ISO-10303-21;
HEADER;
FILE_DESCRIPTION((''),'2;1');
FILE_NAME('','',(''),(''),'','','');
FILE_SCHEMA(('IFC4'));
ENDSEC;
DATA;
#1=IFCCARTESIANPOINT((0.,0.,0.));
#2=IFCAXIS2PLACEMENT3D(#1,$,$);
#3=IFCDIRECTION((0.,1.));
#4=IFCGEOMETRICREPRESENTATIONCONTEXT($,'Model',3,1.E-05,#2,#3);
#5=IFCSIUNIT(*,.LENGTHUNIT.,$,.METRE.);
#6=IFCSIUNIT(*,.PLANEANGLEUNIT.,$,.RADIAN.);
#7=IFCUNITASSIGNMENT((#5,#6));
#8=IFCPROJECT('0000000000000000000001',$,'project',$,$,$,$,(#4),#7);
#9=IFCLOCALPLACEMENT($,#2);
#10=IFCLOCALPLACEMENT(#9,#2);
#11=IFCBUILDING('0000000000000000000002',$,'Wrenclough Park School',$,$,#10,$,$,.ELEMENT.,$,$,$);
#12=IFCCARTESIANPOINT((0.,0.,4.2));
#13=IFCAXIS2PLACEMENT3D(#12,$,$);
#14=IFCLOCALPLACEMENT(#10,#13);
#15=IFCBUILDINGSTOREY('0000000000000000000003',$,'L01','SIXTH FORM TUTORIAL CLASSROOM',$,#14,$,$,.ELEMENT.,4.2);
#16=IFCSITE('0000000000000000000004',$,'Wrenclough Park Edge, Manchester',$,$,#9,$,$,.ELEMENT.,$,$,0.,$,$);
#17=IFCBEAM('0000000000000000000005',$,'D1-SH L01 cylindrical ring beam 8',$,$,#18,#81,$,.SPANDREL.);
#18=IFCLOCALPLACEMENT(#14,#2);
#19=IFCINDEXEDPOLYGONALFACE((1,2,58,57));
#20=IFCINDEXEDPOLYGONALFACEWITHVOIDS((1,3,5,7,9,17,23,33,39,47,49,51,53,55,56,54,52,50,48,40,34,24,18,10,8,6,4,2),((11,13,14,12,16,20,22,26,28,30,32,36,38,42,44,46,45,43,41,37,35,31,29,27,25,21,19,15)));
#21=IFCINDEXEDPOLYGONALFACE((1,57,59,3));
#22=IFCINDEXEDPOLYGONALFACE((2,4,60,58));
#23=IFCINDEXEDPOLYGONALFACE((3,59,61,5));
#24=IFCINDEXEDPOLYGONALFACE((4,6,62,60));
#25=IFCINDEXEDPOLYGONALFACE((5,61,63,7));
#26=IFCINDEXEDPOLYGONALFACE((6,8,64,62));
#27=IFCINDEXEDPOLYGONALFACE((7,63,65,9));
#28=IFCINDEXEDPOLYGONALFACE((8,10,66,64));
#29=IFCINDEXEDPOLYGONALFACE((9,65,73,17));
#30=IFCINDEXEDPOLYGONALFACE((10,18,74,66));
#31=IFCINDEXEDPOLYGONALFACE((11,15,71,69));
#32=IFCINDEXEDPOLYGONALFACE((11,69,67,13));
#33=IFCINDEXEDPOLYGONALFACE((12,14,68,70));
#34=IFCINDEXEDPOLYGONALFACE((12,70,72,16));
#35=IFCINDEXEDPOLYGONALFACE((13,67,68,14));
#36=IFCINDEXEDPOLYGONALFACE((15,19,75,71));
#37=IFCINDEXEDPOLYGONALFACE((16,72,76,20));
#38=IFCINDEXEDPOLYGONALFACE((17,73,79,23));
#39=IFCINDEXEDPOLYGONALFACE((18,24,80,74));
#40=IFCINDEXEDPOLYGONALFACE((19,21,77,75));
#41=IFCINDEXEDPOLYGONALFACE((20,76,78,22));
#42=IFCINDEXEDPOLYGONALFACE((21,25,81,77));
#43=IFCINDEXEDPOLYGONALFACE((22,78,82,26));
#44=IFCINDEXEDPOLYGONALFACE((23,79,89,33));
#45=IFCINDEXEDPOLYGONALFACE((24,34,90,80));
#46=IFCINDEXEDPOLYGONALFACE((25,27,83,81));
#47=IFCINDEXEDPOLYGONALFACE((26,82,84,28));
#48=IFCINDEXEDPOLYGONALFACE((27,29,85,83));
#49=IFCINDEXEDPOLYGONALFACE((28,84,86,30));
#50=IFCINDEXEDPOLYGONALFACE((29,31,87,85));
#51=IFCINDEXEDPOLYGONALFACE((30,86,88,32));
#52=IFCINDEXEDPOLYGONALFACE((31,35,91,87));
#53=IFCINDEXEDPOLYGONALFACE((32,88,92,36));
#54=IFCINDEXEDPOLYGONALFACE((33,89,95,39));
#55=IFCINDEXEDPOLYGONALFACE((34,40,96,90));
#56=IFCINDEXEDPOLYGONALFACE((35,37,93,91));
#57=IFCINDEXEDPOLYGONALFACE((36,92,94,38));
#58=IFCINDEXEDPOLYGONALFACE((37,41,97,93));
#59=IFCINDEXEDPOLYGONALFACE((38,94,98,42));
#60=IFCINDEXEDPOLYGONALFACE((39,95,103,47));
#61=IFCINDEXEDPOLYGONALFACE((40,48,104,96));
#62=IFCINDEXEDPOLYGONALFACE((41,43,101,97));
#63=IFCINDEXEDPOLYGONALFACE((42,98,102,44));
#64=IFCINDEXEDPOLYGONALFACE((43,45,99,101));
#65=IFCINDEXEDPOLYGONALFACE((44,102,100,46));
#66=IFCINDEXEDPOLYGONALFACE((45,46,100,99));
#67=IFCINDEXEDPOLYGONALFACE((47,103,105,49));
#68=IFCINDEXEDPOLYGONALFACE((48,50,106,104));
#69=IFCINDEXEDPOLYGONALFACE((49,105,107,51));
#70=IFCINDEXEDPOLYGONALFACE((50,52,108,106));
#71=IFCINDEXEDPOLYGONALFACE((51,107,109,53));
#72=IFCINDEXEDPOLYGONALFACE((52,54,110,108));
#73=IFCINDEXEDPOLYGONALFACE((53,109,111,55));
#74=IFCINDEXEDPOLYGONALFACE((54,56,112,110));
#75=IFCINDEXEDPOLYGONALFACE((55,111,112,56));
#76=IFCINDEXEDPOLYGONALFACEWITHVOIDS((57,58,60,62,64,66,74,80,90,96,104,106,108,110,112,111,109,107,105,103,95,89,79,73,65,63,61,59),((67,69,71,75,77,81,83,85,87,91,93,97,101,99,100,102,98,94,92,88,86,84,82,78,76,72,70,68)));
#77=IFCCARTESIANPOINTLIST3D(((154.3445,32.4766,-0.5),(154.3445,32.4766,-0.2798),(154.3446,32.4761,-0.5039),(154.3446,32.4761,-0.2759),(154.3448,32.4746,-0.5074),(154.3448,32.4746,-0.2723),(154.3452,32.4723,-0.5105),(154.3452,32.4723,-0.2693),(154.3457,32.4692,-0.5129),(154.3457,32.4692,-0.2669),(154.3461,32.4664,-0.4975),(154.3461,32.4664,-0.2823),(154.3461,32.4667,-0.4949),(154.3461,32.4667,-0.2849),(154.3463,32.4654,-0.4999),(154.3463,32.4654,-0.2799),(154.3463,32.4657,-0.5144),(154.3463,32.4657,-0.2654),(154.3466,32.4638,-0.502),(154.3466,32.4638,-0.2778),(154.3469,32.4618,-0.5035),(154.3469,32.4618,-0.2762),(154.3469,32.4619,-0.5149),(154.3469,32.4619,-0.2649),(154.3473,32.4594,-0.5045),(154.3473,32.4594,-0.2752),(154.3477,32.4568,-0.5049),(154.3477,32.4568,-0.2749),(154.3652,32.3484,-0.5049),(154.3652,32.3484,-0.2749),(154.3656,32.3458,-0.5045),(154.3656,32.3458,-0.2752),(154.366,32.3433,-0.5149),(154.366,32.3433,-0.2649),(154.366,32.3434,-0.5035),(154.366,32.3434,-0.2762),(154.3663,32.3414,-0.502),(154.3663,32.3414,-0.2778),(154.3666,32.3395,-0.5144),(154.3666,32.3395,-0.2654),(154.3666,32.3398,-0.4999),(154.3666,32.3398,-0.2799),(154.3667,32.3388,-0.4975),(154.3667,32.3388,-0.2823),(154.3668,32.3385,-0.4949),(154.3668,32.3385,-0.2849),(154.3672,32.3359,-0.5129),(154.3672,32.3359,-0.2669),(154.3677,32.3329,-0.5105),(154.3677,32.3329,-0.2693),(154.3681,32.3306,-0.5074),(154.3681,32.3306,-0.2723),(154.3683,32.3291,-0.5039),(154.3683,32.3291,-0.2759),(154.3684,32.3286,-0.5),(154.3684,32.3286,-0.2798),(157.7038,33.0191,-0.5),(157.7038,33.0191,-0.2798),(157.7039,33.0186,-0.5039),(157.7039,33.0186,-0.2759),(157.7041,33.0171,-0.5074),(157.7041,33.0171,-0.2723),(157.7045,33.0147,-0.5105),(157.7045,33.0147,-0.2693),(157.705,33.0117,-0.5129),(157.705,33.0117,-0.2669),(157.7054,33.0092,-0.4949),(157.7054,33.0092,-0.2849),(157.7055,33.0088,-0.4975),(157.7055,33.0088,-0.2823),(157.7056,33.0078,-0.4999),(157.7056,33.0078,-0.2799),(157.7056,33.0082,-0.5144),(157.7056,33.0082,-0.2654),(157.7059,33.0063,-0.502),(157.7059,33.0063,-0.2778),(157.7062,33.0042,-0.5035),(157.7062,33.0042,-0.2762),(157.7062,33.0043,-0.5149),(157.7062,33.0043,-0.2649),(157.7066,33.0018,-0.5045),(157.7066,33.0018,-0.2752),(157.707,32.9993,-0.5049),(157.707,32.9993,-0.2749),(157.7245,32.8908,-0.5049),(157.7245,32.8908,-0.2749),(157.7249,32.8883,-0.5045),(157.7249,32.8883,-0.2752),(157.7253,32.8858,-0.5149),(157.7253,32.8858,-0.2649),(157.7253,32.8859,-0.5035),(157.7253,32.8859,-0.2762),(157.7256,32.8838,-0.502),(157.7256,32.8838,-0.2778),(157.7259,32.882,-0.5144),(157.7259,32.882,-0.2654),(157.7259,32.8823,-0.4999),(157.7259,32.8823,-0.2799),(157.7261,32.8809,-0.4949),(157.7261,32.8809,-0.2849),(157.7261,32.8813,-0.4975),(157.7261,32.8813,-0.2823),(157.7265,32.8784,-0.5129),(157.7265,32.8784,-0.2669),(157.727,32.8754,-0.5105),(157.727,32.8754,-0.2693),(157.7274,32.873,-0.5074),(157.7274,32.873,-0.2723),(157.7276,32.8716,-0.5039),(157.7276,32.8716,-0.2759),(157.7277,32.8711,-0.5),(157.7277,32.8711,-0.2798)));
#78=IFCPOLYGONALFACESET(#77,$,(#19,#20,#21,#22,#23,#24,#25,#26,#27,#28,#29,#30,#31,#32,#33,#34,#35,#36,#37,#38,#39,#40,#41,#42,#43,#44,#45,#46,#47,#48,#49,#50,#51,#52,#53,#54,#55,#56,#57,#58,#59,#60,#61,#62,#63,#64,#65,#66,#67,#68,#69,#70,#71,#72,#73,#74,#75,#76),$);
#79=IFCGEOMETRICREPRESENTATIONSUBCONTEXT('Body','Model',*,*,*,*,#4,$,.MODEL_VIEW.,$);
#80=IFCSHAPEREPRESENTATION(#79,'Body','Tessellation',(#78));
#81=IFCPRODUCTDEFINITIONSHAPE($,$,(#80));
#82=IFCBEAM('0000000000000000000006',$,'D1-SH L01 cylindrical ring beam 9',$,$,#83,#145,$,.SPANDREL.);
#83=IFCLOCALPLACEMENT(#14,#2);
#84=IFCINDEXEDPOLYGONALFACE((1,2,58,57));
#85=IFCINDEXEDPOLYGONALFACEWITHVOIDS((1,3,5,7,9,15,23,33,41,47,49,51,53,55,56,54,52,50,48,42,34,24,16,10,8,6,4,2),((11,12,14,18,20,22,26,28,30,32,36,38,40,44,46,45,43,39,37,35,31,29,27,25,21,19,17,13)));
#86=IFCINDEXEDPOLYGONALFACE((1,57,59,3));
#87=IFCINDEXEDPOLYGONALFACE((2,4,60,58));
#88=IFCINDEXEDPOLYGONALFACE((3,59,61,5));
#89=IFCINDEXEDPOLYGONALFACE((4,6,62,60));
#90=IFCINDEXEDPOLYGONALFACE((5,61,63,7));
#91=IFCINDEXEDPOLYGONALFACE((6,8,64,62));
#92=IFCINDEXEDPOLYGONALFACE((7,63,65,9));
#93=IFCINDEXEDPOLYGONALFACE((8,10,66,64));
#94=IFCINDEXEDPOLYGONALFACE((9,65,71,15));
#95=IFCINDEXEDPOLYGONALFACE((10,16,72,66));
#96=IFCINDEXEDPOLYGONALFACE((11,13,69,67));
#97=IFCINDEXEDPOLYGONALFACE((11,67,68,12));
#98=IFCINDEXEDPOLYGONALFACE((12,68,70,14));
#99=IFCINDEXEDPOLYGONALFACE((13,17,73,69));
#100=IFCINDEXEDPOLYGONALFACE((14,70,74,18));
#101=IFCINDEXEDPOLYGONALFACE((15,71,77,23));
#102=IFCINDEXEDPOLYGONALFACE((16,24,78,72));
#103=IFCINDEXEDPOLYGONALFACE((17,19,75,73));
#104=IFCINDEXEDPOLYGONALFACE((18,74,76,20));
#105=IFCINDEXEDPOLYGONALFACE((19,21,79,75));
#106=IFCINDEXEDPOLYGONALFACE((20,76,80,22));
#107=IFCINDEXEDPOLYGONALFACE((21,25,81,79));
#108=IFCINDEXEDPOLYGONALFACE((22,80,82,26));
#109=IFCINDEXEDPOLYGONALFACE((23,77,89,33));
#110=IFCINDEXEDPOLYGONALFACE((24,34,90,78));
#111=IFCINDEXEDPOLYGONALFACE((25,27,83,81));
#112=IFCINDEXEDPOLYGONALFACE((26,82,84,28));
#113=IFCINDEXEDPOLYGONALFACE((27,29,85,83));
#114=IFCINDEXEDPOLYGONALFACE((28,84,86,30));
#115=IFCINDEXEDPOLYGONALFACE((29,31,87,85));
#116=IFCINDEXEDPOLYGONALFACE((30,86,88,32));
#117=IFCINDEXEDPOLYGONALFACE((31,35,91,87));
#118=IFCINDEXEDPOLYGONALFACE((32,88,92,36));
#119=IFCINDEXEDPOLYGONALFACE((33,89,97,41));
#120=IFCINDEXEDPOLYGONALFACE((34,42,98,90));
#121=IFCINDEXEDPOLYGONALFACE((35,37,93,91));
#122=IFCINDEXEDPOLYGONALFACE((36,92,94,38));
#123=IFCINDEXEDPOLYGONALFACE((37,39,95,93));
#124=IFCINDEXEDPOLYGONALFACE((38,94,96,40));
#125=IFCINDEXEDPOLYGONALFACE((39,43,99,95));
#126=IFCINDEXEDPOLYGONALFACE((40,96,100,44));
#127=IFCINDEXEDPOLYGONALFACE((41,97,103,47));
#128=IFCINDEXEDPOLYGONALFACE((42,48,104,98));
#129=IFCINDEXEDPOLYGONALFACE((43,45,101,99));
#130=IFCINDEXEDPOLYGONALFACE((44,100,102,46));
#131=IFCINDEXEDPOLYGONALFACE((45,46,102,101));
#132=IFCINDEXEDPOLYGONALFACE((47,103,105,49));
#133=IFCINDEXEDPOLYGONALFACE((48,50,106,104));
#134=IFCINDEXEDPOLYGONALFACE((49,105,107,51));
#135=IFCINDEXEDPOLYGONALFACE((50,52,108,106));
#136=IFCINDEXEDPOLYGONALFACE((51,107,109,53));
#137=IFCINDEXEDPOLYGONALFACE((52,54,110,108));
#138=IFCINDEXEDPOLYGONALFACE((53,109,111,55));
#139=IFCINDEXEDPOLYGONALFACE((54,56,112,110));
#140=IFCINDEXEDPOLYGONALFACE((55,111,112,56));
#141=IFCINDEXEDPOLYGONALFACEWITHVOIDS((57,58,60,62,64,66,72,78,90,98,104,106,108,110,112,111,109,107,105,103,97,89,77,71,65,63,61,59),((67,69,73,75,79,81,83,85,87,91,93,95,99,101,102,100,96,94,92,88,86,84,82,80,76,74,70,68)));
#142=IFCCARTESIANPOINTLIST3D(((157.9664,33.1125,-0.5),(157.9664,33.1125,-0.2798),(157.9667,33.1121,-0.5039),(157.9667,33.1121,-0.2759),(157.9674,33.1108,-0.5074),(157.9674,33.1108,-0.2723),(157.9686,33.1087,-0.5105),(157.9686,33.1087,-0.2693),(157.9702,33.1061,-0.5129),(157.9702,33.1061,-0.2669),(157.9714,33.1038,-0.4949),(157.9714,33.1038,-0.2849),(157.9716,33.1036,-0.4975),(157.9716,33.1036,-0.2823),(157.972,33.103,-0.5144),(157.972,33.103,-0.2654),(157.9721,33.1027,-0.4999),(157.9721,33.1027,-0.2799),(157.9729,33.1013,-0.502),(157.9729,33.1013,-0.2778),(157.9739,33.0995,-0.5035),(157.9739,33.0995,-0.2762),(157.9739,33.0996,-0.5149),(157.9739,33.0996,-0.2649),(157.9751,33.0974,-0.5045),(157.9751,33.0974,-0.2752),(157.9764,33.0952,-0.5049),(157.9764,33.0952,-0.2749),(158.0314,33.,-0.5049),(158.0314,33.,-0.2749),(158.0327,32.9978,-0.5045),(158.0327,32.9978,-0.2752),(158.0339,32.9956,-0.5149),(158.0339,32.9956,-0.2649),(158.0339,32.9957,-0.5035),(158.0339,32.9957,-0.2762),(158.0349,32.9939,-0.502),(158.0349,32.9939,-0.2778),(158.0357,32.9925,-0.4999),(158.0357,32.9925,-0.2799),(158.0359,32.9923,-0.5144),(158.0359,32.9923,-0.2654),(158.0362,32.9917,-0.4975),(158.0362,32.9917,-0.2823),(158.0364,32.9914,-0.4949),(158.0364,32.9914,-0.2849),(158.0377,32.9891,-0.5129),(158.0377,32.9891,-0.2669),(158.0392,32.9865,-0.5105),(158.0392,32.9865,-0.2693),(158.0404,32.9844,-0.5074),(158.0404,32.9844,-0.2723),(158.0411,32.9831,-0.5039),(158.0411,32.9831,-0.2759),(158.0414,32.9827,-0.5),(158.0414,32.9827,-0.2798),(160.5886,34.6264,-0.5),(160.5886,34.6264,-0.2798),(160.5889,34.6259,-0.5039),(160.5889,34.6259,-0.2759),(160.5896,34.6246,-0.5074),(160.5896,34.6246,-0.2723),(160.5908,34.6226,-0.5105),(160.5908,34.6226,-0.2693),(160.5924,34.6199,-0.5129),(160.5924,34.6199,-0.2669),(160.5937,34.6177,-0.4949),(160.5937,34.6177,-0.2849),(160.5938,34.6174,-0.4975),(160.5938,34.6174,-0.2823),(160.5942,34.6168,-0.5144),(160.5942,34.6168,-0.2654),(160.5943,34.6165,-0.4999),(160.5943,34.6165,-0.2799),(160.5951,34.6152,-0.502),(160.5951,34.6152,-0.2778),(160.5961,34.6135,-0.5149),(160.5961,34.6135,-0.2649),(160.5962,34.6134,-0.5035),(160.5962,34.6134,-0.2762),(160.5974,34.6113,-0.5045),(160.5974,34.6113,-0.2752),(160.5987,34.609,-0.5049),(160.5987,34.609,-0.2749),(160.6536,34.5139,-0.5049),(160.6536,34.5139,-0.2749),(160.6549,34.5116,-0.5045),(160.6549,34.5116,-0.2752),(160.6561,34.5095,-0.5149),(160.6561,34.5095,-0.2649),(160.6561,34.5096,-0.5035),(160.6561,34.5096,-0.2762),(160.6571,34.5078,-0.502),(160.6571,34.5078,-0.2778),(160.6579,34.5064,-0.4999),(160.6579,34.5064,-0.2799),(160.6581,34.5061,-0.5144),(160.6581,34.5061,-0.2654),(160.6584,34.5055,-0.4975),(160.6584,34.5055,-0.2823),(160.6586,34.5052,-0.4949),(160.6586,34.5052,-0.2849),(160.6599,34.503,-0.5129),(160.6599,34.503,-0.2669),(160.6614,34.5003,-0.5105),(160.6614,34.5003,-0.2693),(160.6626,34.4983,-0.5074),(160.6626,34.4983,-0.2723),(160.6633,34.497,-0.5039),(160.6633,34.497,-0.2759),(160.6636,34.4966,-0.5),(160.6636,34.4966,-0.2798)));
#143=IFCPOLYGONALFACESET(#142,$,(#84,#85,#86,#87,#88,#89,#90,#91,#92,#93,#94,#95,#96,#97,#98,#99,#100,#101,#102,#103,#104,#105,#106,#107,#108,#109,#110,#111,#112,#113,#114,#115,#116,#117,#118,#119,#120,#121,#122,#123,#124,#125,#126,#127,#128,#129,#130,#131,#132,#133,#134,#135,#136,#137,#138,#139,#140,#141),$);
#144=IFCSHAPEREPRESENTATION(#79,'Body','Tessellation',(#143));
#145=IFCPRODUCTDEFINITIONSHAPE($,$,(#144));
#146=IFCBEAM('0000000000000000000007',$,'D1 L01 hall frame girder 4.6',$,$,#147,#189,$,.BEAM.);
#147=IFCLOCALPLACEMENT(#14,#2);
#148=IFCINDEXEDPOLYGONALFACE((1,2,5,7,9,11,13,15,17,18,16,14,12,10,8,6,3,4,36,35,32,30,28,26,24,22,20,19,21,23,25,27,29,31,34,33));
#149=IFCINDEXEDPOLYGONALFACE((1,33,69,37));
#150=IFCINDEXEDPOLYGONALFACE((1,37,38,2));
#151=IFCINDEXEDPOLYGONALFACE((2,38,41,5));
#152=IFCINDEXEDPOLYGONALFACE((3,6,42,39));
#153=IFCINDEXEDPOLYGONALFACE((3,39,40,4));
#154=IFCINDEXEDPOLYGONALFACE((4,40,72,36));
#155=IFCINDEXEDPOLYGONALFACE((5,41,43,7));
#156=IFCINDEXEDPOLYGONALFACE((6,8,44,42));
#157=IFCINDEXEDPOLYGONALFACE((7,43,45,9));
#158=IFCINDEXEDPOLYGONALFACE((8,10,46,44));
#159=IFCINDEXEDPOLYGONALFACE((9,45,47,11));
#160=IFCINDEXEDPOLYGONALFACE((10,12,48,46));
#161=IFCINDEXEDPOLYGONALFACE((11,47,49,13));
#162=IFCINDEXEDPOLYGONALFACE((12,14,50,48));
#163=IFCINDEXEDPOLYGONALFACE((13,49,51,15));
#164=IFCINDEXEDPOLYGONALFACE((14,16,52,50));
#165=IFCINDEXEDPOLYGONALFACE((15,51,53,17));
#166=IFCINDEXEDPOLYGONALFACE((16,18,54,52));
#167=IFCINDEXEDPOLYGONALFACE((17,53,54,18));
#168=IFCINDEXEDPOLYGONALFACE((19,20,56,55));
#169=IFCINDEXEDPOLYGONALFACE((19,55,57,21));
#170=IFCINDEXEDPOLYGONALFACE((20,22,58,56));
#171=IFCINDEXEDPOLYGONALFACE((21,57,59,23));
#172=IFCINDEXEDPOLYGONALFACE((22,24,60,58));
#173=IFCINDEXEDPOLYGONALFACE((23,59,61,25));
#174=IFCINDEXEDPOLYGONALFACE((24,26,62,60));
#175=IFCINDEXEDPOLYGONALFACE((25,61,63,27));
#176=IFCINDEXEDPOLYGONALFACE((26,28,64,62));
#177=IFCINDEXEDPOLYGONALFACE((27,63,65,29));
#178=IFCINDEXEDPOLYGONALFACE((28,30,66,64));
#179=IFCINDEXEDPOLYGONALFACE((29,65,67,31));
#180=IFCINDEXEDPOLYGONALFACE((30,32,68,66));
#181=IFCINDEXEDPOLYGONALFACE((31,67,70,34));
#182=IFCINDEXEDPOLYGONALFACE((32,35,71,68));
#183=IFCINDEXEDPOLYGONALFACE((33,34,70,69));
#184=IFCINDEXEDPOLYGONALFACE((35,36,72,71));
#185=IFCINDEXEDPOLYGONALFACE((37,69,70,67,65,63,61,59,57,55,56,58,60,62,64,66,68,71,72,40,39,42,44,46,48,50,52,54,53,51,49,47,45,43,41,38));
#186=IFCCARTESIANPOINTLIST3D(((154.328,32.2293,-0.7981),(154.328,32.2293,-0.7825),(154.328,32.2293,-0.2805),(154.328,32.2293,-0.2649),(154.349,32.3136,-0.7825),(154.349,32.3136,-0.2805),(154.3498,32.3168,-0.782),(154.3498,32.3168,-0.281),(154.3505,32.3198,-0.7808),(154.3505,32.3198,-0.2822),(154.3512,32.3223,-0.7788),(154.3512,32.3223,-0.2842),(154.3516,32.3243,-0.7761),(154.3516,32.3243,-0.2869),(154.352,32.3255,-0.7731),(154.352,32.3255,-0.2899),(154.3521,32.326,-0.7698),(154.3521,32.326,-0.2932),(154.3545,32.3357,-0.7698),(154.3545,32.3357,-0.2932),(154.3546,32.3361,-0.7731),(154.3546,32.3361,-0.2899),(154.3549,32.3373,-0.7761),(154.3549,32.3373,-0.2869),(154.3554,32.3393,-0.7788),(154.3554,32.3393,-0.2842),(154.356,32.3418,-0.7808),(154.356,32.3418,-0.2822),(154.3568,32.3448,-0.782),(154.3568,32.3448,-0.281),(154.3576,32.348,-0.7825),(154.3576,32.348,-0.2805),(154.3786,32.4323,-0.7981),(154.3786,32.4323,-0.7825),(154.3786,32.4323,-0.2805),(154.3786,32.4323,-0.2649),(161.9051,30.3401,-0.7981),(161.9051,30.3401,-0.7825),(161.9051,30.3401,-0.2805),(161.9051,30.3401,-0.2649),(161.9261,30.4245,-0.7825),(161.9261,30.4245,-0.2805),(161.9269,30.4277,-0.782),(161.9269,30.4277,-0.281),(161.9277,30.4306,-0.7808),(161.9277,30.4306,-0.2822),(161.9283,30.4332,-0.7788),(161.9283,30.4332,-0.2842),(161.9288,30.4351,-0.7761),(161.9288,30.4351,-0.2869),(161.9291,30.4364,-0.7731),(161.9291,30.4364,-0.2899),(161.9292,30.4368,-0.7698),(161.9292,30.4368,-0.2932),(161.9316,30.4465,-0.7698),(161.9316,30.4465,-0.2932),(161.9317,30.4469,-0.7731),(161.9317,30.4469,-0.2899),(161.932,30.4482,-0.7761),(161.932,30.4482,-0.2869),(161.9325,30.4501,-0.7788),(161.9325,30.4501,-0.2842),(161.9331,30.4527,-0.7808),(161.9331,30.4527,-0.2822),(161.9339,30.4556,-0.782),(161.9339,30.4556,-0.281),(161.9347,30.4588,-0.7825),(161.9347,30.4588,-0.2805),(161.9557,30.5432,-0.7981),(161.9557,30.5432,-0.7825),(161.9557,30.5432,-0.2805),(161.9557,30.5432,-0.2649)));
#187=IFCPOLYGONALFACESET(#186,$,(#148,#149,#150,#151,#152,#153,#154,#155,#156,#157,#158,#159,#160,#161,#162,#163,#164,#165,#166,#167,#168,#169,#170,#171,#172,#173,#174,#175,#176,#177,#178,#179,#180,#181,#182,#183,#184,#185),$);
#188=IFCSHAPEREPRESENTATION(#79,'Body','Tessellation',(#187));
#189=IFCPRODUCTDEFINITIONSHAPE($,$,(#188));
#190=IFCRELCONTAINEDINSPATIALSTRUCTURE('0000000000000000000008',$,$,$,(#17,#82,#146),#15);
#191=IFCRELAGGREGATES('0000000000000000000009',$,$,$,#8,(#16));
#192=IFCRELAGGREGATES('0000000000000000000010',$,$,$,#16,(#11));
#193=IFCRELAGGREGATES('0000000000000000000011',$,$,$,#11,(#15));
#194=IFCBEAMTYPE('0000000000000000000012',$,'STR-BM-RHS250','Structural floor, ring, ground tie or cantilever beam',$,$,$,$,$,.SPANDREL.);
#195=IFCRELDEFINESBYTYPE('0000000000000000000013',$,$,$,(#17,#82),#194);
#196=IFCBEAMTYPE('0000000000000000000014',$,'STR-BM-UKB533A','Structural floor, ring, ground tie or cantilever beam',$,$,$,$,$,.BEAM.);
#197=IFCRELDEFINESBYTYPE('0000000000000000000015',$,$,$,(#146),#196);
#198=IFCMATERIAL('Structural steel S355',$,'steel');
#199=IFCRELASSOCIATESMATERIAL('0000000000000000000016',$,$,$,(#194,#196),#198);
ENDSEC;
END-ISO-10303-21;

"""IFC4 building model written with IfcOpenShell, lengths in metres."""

from ifc_helpers import new_model, si_unit, direction, frame, origin, origin_2d, place, context, subcontext, project, spatial, hollow_rectangle, i_section, extrude, material, material_profile, profile_set, type_object, element, save


model = new_model("IFC4")

# Units and contexts
model_context = context("Model", 3, precision=1e-05, world=origin(), true_north=direction((0.0, 1.0)))
body_context = subcontext(model_context, "Body", "Model", "MODEL_VIEW")
ifc_project = project(units=[si_unit("LENGTHUNIT", "METRE"), si_unit("PLANEANGLEUNIT", "RADIAN")], contexts=[model_context])

# Site, building, storey
site_placement = place(None, origin())
site = spatial("IfcSite", under=ifc_project, at=site_placement, Name="Wrenclough Park Edge, Manchester", CompositionType="ELEMENT", RefElevation=0.0)
building_placement = place(site_placement, origin())
building = spatial("IfcBuilding", under=site, at=building_placement, Name="Wrenclough Park School", CompositionType="ELEMENT")
storey_placement = place(building_placement, frame((0.0, 0.0, 4.2)))
storey = spatial("IfcBuildingStorey", under=building, at=storey_placement, Name="L01", Description="SIXTH FORM TUTORIAL CLASSROOM", CompositionType="ELEMENT", Elevation=4.2)

# Shared definitions
ifc_material_1 = material(Name="Structural steel S355", Category="steel")

# Beams
ifc_material_profile_1 = material_profile(ifc_material_1, hollow_rectangle(XDim=0.1499, YDim=0.25, WallThickness=0.01, InnerFilletRadius=0.01, OuterFilletRadius=0.0149, at=origin_2d()), Name="RHS 250x150x10.0")
ifc_profile_set_1 = profile_set([ifc_material_profile_1], Name="Structural steel S355")
beam_type_1 = type_object("IfcBeamType", Name="STR-BM-RHS250", Description="Structural floor, ring, ground tie or cantilever beam", PredefinedType="SPANDREL", material=ifc_profile_set_1)
beam_1_placement = place(storey_placement, frame((154.3564, 32.4026, -0.3899), z_axis=(0.987211, 0.159417, 0.0), x_axis=(-0.159417, 0.987211, 0.0)))
element("IfcBeam", 1, at=beam_1_placement, inside=storey, type_object=beam_type_1, Name="D1-SH L01 cylindrical ring beam 8", PredefinedType="SPANDREL", context=body_context, shape_type="SweptSolid", body=[
    extrude(hollow_rectangle(XDim=0.1499, YDim=0.25, WallThickness=0.01, InnerFilletRadius=0.01, OuterFilletRadius=0.0149, at=origin_2d()), origin(), (0.0, 0.0, 1.0), 3.4028),
])
beam_2_placement = place(storey_placement, frame((158.0039, 33.0476, -0.3899), z_axis=(0.866037, 0.499981, 0.0), x_axis=(-0.499981, 0.866037, 0.0)))
element("IfcBeam", 2, at=beam_2_placement, inside=storey, type_object=beam_type_1, Name="D1-SH L01 cylindrical ring beam 9", PredefinedType="SPANDREL", context=body_context, shape_type="SweptSolid", body=[
    extrude(hollow_rectangle(XDim=0.1499, YDim=0.25, WallThickness=0.01, InnerFilletRadius=0.01, OuterFilletRadius=0.0149, at=origin_2d()), origin(), (0.0, 0.0, 1.0), 3.0278),
])
ifc_material_profile_2 = material_profile(ifc_material_1, i_section(OverallWidth=0.2092, OverallDepth=0.5332, WebThickness=0.01, FlangeThickness=0.0156, FilletRadius=0.0127, at=origin_2d()), Name="UKB 533x210x92")
ifc_profile_set_2 = profile_set([ifc_material_profile_2], Name="Structural steel S355")
beam_type_2 = type_object("IfcBeamType", Name="STR-BM-UKB533A", Description="Structural floor, ring, ground tie or cantilever beam", PredefinedType="BEAM", material=ifc_profile_set_2)
beam_3_placement = place(storey_placement, frame((154.3533, 32.3308, -0.5315), z_axis=(0.970297, -0.241918, 0.0), x_axis=(0.241918, 0.970297, 0.0)))
element("IfcBeam", 3, at=beam_3_placement, inside=storey, type_object=beam_type_2, Name="D1 L01 hall frame girder 4.6", PredefinedType="BEAM", context=body_context, shape_type="SweptSolid", body=[
    extrude(i_section(OverallWidth=0.2092, OverallDepth=0.5332, WebThickness=0.01, FlangeThickness=0.0156, FilletRadius=0.0127, at=origin_2d()), origin(), (0.0, 0.0, 1.0), 7.8091),
])

save(model, "model.ifc")
